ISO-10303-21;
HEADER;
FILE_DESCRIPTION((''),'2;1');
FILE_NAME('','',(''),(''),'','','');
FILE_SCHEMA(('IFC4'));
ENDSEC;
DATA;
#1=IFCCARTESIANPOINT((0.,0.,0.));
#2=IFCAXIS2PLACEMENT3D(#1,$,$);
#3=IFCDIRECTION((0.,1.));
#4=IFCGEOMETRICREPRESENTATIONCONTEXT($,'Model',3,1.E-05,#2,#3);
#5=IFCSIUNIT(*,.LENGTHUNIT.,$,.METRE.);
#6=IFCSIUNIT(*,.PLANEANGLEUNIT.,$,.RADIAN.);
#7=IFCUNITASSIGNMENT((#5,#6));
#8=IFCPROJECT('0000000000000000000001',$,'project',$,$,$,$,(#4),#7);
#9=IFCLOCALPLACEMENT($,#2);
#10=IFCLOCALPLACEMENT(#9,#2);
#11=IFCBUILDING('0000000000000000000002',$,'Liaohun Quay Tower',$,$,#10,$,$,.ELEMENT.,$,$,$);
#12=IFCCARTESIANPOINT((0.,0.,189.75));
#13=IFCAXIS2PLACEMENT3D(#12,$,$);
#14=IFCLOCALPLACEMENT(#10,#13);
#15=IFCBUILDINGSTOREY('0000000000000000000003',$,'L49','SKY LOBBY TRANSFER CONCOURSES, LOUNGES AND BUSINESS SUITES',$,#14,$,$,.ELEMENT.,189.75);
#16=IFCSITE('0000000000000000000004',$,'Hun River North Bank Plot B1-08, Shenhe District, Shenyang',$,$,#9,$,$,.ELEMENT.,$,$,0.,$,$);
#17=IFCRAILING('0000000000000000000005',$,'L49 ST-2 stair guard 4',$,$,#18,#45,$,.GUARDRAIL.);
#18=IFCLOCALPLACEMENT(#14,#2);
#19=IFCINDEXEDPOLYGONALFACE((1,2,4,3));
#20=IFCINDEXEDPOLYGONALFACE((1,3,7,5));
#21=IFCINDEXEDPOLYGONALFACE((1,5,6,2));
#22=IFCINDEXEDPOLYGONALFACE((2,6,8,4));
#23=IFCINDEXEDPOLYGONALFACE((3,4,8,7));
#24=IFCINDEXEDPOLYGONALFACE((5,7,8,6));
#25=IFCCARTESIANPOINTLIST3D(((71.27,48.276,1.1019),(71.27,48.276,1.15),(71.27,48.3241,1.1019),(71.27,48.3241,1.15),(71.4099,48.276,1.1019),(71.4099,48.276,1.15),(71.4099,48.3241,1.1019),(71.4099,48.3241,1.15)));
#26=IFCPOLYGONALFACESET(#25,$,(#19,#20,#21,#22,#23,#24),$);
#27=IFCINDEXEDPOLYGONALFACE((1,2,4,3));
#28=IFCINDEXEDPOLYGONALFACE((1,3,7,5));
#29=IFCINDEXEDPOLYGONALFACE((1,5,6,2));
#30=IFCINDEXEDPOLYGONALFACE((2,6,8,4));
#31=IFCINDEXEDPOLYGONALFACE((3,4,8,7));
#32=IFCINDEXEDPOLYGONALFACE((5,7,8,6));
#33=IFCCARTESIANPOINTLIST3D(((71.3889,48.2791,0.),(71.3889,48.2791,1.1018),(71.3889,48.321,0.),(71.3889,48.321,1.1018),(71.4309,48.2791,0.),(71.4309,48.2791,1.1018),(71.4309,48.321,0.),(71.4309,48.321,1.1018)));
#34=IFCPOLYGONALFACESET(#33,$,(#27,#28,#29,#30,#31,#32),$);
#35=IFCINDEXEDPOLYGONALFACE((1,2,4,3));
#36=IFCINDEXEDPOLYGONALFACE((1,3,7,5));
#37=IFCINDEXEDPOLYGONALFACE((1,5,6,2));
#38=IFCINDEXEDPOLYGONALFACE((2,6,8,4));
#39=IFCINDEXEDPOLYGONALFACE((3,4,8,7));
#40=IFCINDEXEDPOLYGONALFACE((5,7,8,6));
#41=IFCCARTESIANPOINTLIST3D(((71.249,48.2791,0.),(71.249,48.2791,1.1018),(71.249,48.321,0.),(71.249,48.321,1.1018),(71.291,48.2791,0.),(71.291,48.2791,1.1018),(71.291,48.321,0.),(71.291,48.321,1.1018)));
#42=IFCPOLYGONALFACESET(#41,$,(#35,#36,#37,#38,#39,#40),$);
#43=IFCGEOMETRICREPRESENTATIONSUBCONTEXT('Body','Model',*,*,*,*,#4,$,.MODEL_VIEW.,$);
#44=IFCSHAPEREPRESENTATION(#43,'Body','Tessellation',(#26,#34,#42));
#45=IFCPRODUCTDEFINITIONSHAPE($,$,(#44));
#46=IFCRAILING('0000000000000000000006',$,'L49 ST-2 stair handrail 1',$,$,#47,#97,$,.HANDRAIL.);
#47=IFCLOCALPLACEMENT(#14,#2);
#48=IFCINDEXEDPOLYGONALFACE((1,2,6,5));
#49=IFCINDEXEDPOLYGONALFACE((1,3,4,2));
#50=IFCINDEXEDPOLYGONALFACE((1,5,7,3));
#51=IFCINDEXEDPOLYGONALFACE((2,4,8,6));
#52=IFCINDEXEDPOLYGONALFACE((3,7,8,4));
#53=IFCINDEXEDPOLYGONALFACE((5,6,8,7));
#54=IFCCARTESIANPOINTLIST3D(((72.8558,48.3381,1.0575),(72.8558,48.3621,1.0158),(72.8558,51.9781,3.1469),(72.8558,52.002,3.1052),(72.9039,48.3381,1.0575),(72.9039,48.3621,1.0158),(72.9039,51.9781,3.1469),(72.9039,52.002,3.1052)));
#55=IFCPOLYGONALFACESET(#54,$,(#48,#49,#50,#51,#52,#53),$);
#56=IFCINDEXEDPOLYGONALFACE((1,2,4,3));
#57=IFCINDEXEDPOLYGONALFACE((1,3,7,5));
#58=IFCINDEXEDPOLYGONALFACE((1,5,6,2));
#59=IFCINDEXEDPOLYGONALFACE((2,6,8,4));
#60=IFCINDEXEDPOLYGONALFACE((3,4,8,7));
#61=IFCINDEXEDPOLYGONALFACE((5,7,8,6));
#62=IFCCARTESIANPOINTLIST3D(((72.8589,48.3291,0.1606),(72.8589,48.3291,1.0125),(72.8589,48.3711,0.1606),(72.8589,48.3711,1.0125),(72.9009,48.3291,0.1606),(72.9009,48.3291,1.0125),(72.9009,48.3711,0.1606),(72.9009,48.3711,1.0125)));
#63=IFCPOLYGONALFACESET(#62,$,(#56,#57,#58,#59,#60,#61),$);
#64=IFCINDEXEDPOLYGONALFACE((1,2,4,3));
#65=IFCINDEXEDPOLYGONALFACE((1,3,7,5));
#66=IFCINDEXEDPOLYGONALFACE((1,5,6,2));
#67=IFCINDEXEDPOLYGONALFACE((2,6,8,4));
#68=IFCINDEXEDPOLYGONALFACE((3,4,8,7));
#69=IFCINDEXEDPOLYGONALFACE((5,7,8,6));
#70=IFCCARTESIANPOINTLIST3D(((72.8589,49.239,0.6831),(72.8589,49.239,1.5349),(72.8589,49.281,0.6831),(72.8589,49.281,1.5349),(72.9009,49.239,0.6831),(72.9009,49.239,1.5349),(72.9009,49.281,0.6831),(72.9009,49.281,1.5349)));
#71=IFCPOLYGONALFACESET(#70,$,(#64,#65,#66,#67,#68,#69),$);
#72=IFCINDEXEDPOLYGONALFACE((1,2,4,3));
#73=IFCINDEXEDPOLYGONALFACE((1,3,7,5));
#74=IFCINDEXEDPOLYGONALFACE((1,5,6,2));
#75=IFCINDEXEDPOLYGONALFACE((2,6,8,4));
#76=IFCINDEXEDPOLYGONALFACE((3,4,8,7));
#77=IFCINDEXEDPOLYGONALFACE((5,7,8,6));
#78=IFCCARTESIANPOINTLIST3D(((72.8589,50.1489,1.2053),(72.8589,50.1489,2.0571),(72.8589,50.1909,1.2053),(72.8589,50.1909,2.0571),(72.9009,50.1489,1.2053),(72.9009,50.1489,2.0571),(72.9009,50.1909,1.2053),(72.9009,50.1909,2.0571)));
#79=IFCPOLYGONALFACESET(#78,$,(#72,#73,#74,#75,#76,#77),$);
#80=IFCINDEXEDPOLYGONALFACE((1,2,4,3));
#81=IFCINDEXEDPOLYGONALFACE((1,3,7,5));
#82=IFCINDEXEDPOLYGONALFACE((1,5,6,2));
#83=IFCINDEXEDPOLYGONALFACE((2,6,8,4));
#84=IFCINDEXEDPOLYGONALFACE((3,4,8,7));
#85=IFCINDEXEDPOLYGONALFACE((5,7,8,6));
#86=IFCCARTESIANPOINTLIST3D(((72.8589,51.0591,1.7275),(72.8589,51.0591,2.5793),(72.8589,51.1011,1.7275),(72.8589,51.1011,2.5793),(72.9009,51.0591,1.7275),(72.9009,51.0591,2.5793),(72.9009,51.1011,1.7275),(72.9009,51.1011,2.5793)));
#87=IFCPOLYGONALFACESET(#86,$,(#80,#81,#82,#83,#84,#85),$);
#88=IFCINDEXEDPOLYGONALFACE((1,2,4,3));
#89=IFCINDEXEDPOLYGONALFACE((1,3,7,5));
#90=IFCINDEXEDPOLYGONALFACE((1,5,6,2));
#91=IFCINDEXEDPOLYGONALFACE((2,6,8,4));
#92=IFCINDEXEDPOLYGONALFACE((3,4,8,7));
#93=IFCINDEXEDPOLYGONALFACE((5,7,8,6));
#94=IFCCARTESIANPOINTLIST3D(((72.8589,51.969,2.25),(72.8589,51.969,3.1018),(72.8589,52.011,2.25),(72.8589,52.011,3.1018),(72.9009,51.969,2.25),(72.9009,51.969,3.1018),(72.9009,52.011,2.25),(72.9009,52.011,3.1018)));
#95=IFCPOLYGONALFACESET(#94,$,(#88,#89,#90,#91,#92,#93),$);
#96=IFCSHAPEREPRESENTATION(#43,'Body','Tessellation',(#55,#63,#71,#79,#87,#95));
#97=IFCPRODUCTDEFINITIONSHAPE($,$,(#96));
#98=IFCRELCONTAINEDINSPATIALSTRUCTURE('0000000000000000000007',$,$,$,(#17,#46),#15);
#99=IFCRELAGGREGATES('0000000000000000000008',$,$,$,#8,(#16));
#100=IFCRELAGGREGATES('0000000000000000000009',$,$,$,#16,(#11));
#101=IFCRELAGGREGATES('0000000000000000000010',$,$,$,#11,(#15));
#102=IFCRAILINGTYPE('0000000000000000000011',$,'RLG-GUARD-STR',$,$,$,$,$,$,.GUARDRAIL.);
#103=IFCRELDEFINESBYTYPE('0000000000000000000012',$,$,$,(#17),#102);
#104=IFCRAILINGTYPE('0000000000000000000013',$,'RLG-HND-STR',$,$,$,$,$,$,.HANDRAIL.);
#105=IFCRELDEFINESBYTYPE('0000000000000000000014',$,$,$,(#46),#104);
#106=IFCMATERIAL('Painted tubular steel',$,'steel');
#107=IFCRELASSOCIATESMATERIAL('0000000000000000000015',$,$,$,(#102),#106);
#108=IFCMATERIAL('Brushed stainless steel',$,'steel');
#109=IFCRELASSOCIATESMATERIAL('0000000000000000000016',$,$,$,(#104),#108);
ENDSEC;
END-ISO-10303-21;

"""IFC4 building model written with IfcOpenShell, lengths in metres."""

from ifc_helpers import new_model, si_unit, direction, frame, origin, origin_2d, place, context, subcontext, project, spatial, rectangle, extrude, material, type_object, element, save


model = new_model("IFC4")

# Units and contexts
model_context = context("Model", 3, precision=1e-05, world=origin(), true_north=direction((0.0, 1.0)))
body_context = subcontext(model_context, "Body", "Model", "MODEL_VIEW")
ifc_project = project(units=[si_unit("LENGTHUNIT", "METRE"), si_unit("PLANEANGLEUNIT", "RADIAN")], contexts=[model_context])

# Site, building, storey
site_placement = place(None, origin())
site = spatial("IfcSite", under=ifc_project, at=site_placement, Name="Hun River North Bank Plot B1-08, Shenhe District, Shenyang", CompositionType="ELEMENT", RefElevation=0.0)
building_placement = place(site_placement, origin())
building = spatial("IfcBuilding", under=site, at=building_placement, Name="Liaohun Quay Tower", CompositionType="ELEMENT")
storey_placement = place(building_placement, frame((0.0, 0.0, 189.75)))
storey = spatial("IfcBuildingStorey", under=building, at=storey_placement, Name="L49", Description="SKY LOBBY TRANSFER CONCOURSES, LOUNGES AND BUSINESS SUITES", CompositionType="ELEMENT", Elevation=189.75)

# Railings
ifc_material_1 = material(Name="Painted tubular steel", Category="steel")
railing_type_1 = type_object("IfcRailingType", Name="RLG-GUARD-STR", PredefinedType="GUARDRAIL", material=ifc_material_1)
for number, where, name in (
    (1, (71.4099, 48.3, 0.0), "L49 ST-2 stair guard 4"),
):
    element("IfcRailing", number, at=place(storey_placement, frame(where)), inside=storey, type_object=railing_type_1, Name=name, PredefinedType="GUARDRAIL", context=body_context, shape_type="SweptSolid", body=[
        extrude(rectangle(XDim=0.0481, YDim=0.0481, at=origin_2d()), frame((0.0, 0.0, 1.126), z_axis=(-1.0, 0.0, 0.0), x_axis=(0.0, -1.0, 0.0)), (0.0, 0.0, 1.0), 0.1399),
        extrude(rectangle(XDim=0.042, YDim=0.042, at=origin_2d()), origin(), (0.0, 0.0, 1.0), 1.1018),
        extrude(rectangle(XDim=0.042, YDim=0.042, at=origin_2d()), frame((-0.1399, 0.0, 0.0)), (0.0, 0.0, 1.0), 1.1018),
    ])
ifc_material_2 = material(Name="Brushed stainless steel", Category="steel")
railing_type_2 = type_object("IfcRailingType", Name="RLG-HND-STR", PredefinedType="HANDRAIL", material=ifc_material_2)
railing_1_placement = place(storey_placement, frame((72.8799, 48.3501, 0.1606)))
element("IfcRailing", 2, at=railing_1_placement, inside=storey, type_object=railing_type_2, Name="L49 ST-2 stair handrail 1", PredefinedType="HANDRAIL", context=body_context, shape_type="SweptSolid", body=[
    extrude(rectangle(XDim=0.0481, YDim=0.0481, at=origin_2d()), frame((0.0, 0.0, 0.876), z_axis=(0.0, 0.867275, 0.497829), x_axis=(-1.0, 0.0, 0.0)), (0.0, 0.0, 1.0), 4.197),
    extrude(rectangle(XDim=0.042, YDim=0.042, at=origin_2d()), origin(), (0.0, 0.0, 1.0), 0.8518),
    extrude(rectangle(XDim=0.042, YDim=0.042, at=origin_2d()), frame((0.0, 0.9099, 0.5225)), (0.0, 0.0, 1.0), 0.8518),
    extrude(rectangle(XDim=0.042, YDim=0.042, at=origin_2d()), frame((0.0, 1.8198, 1.0447)), (0.0, 0.0, 1.0), 0.8518),
    extrude(rectangle(XDim=0.042, YDim=0.042, at=origin_2d()), frame((0.0, 2.73, 1.5669)), (0.0, 0.0, 1.0), 0.8518),
    extrude(rectangle(XDim=0.042, YDim=0.042, at=origin_2d()), frame((0.0, 3.6399, 2.0894)), (0.0, 0.0, 1.0), 0.8518),
])

save(model, "model.ifc")
